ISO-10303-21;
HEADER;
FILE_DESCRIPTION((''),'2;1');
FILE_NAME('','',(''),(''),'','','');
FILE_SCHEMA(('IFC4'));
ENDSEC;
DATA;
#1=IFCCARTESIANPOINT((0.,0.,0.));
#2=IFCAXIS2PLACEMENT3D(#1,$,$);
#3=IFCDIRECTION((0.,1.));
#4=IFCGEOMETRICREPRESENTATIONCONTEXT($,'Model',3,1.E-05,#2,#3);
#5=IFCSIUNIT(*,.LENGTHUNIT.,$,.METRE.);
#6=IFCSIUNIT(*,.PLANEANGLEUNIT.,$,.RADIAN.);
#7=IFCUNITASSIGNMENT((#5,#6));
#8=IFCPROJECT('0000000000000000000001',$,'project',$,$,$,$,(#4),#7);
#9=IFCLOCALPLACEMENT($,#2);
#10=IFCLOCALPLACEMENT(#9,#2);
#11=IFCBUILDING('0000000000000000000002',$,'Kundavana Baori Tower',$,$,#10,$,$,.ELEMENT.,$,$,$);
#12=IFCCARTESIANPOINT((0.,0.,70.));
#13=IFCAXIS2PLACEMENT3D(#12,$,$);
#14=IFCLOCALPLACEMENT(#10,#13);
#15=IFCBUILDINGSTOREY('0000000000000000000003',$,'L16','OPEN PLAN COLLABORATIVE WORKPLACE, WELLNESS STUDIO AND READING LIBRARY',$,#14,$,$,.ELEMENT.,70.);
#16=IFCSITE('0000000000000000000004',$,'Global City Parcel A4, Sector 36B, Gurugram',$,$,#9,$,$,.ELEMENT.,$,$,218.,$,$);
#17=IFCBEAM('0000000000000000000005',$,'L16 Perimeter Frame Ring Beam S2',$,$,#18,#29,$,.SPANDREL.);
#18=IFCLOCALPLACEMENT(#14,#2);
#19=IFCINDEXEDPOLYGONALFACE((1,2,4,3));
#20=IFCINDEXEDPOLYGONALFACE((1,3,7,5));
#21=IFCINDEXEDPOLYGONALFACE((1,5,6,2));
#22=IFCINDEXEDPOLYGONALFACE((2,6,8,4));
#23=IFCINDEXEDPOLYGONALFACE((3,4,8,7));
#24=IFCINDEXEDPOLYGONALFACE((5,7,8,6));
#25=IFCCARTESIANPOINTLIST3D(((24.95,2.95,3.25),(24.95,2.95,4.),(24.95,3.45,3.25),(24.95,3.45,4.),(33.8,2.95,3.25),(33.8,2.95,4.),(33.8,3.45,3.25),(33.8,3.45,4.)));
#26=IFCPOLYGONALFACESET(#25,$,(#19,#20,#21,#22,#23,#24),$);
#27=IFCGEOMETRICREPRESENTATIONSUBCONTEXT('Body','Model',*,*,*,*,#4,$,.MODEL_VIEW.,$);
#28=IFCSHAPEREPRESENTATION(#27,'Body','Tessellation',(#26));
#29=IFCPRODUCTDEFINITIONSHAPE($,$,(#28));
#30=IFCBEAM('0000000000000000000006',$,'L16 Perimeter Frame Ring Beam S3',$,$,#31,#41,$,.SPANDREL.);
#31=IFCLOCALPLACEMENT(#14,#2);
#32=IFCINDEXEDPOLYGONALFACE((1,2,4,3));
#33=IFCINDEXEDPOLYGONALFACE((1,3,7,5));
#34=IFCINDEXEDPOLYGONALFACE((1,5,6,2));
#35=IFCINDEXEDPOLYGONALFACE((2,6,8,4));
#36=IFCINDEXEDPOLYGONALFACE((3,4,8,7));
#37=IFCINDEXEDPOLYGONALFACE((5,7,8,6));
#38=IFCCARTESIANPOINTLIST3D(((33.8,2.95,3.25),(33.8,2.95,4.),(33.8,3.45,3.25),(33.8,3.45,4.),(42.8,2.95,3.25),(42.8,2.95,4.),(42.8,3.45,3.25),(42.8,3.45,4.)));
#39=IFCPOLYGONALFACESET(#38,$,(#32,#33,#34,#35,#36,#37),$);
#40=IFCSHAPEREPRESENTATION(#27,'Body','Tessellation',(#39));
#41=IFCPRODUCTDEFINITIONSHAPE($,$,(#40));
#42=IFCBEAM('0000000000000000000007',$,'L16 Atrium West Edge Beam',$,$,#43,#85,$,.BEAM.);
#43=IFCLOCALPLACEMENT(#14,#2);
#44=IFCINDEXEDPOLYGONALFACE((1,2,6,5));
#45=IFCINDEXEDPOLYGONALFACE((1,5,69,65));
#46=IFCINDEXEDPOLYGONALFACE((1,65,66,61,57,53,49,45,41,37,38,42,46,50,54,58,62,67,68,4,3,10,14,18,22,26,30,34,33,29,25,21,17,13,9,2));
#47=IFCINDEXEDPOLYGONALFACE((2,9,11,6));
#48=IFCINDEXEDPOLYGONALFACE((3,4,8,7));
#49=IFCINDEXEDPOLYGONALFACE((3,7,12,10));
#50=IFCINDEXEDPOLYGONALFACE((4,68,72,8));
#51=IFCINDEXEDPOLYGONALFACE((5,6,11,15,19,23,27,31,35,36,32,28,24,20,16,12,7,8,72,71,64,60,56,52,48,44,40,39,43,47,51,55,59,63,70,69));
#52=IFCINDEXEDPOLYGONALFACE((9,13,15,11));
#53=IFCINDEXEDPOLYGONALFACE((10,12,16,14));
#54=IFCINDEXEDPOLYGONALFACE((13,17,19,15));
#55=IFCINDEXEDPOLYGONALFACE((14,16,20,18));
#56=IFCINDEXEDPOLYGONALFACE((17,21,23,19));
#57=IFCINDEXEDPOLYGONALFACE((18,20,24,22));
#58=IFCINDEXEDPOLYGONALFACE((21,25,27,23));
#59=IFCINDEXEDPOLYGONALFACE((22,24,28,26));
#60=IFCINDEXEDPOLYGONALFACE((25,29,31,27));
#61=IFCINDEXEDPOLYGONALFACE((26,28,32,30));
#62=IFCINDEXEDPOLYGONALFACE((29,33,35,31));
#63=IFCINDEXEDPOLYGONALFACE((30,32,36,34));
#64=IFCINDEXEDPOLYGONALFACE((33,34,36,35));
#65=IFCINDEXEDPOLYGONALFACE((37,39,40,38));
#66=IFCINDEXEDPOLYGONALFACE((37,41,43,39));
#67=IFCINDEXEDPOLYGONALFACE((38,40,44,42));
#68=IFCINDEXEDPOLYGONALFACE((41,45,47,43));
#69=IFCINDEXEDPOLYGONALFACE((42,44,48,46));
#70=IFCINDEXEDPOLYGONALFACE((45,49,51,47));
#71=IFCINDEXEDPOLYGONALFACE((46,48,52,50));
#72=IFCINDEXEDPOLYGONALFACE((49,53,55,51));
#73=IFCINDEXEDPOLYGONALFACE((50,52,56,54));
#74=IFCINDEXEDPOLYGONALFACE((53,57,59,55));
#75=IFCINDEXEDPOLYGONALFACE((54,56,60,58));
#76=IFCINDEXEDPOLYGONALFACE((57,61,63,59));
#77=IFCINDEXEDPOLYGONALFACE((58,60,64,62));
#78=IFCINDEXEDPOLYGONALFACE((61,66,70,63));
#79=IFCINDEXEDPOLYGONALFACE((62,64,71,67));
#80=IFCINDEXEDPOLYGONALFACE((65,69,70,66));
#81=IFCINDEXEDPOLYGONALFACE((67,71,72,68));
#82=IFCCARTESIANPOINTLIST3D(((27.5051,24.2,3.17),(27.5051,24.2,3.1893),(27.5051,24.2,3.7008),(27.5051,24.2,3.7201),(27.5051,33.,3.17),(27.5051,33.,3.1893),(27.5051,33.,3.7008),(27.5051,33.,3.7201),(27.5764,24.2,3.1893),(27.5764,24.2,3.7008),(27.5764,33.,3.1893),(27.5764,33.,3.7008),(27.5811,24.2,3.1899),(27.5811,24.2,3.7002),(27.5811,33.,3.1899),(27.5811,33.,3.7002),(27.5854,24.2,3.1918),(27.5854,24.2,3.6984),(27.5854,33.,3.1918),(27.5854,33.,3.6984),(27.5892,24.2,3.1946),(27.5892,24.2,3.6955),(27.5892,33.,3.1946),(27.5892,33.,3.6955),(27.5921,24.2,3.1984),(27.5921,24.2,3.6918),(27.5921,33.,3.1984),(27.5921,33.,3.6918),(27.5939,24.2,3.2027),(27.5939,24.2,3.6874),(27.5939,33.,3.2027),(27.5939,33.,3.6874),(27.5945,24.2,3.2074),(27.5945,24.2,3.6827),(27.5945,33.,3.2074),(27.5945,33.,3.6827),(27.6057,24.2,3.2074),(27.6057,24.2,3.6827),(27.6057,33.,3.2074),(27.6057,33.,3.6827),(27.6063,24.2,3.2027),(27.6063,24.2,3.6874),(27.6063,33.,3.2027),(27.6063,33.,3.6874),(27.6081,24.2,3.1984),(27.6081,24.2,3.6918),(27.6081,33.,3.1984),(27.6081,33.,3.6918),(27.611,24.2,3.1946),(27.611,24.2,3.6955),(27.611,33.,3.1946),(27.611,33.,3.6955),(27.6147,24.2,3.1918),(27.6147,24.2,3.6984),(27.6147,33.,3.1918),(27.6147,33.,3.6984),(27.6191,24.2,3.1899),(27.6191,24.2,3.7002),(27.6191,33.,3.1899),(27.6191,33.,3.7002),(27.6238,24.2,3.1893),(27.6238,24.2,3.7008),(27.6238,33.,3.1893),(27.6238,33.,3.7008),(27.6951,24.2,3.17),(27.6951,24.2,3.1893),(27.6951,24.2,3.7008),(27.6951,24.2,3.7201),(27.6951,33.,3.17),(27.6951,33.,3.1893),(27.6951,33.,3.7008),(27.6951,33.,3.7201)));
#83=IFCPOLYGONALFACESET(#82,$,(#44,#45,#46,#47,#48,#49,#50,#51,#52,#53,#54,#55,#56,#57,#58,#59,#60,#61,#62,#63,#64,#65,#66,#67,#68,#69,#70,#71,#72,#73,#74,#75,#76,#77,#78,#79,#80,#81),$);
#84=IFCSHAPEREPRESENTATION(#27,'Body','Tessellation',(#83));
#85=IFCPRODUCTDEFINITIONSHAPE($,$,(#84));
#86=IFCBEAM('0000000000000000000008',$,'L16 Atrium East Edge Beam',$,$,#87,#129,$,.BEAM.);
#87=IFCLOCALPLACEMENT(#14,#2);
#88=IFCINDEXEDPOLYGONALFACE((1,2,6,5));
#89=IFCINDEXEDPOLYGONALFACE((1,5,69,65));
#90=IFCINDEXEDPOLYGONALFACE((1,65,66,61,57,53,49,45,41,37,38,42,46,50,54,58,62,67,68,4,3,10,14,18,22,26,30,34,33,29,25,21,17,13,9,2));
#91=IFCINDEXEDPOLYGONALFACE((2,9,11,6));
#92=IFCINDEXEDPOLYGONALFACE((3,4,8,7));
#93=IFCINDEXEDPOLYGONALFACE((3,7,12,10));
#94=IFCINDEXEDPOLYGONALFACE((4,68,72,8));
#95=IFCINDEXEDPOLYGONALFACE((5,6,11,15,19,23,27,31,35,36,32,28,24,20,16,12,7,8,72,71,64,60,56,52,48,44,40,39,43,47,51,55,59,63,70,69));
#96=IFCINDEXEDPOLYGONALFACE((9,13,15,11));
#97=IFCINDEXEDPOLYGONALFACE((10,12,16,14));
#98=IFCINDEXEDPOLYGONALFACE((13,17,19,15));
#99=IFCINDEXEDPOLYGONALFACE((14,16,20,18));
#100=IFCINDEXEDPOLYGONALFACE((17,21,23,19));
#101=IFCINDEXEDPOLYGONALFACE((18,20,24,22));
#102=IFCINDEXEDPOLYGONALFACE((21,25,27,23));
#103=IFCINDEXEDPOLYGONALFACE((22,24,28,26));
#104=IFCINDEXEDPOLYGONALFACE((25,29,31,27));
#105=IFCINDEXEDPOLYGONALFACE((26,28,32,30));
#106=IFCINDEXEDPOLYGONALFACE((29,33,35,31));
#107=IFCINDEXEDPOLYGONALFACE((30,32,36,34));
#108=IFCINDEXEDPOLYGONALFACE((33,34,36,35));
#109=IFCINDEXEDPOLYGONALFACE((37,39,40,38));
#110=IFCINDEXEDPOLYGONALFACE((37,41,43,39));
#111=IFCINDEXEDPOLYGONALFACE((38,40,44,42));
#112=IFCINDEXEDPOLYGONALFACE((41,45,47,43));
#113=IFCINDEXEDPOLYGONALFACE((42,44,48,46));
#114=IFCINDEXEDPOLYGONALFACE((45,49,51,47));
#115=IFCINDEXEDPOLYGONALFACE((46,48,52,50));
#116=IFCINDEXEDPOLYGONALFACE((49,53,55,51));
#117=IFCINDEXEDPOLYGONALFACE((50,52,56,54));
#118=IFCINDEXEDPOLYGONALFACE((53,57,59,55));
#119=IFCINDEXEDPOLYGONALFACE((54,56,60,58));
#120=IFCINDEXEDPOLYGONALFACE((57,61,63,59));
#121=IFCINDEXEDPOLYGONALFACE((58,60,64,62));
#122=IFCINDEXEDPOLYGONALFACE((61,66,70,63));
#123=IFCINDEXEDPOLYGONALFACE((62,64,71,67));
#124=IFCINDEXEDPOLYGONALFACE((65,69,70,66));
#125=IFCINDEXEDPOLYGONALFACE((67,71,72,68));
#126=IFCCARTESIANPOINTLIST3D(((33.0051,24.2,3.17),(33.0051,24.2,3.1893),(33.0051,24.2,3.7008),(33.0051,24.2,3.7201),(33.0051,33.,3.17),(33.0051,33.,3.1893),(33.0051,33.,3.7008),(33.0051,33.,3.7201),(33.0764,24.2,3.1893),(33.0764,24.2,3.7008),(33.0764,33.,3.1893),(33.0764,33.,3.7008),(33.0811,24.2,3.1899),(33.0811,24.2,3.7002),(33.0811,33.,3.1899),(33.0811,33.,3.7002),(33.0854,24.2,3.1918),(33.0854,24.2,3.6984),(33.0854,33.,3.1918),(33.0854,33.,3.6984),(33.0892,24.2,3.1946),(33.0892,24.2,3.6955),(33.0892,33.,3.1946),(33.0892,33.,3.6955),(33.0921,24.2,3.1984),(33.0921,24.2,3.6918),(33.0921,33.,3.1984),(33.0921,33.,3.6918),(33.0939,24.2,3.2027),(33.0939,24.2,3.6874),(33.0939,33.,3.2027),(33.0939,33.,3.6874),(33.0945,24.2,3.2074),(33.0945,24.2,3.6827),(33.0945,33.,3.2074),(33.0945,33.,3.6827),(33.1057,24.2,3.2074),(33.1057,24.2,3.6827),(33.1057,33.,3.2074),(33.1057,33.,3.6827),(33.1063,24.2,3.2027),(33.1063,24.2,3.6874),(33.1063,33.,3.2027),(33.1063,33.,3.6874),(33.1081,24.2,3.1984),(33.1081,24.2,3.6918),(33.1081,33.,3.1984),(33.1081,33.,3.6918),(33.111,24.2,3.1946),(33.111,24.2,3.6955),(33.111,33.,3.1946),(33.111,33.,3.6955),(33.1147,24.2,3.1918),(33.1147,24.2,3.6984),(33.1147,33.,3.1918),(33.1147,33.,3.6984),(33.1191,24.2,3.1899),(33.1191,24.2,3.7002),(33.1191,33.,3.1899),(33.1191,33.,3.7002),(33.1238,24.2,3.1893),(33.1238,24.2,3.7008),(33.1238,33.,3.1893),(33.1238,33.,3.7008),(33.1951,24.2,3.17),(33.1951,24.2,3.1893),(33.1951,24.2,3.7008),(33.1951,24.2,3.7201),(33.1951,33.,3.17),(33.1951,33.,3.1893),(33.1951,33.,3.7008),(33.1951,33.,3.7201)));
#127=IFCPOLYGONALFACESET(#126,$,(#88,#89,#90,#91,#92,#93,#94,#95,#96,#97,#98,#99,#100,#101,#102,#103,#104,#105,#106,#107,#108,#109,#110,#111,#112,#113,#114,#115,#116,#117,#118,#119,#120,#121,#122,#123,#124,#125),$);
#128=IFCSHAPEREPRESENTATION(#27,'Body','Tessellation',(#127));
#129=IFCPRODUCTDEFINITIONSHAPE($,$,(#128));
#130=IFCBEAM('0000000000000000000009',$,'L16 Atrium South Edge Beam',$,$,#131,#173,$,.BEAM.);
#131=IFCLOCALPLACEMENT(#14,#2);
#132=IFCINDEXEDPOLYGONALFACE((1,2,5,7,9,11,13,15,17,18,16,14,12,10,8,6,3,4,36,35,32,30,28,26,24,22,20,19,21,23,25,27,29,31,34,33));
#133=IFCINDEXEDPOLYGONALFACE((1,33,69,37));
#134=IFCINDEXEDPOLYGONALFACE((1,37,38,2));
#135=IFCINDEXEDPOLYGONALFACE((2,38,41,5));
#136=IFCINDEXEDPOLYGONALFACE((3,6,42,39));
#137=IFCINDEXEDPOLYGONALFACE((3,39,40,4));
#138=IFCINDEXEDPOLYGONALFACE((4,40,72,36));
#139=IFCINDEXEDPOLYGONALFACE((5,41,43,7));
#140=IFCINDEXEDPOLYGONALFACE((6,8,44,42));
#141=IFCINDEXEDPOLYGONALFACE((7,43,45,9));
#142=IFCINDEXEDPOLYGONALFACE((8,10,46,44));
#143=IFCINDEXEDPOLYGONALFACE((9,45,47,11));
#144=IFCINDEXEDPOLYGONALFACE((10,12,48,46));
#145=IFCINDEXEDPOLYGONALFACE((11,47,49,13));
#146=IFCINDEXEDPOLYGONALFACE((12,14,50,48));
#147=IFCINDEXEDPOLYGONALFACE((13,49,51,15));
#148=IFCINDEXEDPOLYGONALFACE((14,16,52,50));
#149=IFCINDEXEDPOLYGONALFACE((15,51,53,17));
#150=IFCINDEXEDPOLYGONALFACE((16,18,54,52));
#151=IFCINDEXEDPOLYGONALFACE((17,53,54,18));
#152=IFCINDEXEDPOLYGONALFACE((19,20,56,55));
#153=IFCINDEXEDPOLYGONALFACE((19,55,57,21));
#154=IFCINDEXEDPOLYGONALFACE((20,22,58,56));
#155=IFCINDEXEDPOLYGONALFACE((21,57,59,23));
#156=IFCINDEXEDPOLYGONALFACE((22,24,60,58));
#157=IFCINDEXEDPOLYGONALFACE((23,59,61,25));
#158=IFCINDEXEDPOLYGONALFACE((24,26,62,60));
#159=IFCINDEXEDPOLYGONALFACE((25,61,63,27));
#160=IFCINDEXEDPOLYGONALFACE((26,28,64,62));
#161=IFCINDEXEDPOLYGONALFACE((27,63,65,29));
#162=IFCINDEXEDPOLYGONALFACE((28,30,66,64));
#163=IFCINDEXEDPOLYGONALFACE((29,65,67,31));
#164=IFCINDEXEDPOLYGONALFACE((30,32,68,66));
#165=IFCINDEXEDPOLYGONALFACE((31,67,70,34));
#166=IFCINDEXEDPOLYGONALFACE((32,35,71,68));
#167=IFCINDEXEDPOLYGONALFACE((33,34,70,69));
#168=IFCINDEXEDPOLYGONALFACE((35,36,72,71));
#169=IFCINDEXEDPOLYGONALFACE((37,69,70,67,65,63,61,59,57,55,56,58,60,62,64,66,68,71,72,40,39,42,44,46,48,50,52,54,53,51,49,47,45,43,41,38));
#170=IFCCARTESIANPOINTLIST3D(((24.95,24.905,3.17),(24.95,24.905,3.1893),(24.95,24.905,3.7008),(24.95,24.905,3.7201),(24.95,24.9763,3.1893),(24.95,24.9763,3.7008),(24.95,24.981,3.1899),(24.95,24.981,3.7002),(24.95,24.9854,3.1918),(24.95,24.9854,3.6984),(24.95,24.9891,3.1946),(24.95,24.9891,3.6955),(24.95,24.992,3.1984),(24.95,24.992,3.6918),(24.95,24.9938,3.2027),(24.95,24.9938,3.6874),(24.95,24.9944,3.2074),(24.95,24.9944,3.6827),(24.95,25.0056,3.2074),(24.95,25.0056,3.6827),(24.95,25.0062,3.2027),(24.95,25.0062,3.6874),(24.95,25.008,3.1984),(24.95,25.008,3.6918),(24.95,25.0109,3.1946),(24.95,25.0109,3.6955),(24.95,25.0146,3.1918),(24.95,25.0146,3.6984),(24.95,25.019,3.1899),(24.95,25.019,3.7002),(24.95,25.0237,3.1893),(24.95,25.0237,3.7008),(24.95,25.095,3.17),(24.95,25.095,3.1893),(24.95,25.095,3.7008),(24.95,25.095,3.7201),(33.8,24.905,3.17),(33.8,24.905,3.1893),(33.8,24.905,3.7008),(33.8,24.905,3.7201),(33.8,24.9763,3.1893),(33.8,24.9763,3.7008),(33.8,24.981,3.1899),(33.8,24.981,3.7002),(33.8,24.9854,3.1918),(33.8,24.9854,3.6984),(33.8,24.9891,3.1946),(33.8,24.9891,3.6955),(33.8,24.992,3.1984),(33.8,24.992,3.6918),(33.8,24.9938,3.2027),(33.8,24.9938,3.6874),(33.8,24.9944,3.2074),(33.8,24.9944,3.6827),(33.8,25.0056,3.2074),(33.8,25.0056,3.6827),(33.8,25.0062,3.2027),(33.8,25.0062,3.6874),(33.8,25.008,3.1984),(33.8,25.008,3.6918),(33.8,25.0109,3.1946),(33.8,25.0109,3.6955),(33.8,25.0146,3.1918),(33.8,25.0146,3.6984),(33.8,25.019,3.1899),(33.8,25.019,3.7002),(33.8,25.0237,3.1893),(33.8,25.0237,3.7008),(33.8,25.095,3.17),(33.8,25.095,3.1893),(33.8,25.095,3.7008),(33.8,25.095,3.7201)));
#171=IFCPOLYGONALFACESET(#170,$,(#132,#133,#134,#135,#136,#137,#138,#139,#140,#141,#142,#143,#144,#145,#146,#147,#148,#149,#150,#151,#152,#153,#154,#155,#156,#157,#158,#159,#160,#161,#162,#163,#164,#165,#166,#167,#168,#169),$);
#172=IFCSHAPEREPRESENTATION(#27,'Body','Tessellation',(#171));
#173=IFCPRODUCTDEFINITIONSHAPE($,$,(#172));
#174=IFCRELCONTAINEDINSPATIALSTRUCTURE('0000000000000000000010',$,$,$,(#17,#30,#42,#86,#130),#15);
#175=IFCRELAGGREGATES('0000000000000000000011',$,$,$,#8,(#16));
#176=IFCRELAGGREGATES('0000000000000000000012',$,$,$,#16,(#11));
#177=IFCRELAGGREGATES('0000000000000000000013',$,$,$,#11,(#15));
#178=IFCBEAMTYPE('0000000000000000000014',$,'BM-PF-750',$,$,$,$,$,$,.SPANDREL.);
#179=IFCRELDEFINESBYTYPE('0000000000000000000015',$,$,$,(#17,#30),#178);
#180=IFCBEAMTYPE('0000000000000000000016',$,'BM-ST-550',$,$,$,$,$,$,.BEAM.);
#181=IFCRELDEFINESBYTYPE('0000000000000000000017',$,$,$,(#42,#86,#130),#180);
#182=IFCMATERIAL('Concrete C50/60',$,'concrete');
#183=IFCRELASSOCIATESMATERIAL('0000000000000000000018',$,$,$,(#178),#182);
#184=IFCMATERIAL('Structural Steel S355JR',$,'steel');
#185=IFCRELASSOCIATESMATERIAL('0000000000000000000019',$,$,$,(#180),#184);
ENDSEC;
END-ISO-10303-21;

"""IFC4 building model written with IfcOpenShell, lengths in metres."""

from ifc_helpers import new_model, si_unit, direction, frame, origin, origin_2d, place, context, subcontext, project, spatial, rectangle, i_section, extrude, material, material_profile, profile_set, type_object, element, save


model = new_model("IFC4")

# Units and contexts
model_context = context("Model", 3, precision=1e-05, world=origin(), true_north=direction((0.0, 1.0)))
body_context = subcontext(model_context, "Body", "Model", "MODEL_VIEW")
ifc_project = project(units=[si_unit("LENGTHUNIT", "METRE"), si_unit("PLANEANGLEUNIT", "RADIAN")], contexts=[model_context])

# Site, building, storey
site_placement = place(None, origin())
site = spatial("IfcSite", under=ifc_project, at=site_placement, Name="Global City Parcel A4, Sector 36B, Gurugram", CompositionType="ELEMENT", RefElevation=218.0)
building_placement = place(site_placement, origin())
building = spatial("IfcBuilding", under=site, at=building_placement, Name="Kundavana Baori Tower", CompositionType="ELEMENT")
storey_placement = place(building_placement, frame((0.0, 0.0, 70.0)))
storey = spatial("IfcBuildingStorey", under=building, at=storey_placement, Name="L16", Description="OPEN PLAN COLLABORATIVE WORKPLACE, WELLNESS STUDIO AND READING LIBRARY", CompositionType="ELEMENT", Elevation=70.0)

# Beams
ifc_material_1 = material(Name="Concrete C50/60", Category="concrete")
ifc_material_profile_1 = material_profile(ifc_material_1, rectangle(XDim=0.5, YDim=0.75, at=origin_2d()), Name="RC BM 500x750")
ifc_profile_set_1 = profile_set([ifc_material_profile_1], Name="Concrete C50/60")
beam_type_1 = type_object("IfcBeamType", Name="BM-PF-750", PredefinedType="SPANDREL", material=ifc_profile_set_1)
beam_1_placement = place(storey_placement, frame((24.95, 3.2, 3.625), z_axis=(1.0, 0.0, 0.0), x_axis=(0.0, 1.0, 0.0)))
element("IfcBeam", 1, at=beam_1_placement, inside=storey, type_object=beam_type_1, Name="L16 Perimeter Frame Ring Beam S2", PredefinedType="SPANDREL", context=body_context, shape_type="SweptSolid", body=[
    extrude(rectangle(XDim=0.5, YDim=0.75, at=origin_2d()), origin(), (0.0, 0.0, 1.0), 8.8501),
])
beam_2_placement = place(storey_placement, frame((33.8, 3.2, 3.625), z_axis=(1.0, 0.0, 0.0), x_axis=(0.0, 1.0, 0.0)))
element("IfcBeam", 2, at=beam_2_placement, inside=storey, type_object=beam_type_1, Name="L16 Perimeter Frame Ring Beam S3", PredefinedType="SPANDREL", context=body_context, shape_type="SweptSolid", body=[
    extrude(rectangle(XDim=0.5, YDim=0.75, at=origin_2d()), origin(), (0.0, 0.0, 1.0), 9.0),
])
ifc_material_2 = material(Name="Structural Steel S355JR", Category="steel")
ifc_material_profile_2 = material_profile(ifc_material_2, i_section(OverallWidth=0.1899, OverallDepth=0.55, WebThickness=0.0112, FlangeThickness=0.0193, FilletRadius=0.0181, at=origin_2d()), Name="ISMB 550")
ifc_profile_set_2 = profile_set([ifc_material_profile_2], Name="Structural Steel S355JR")
beam_type_2 = type_object("IfcBeamType", Name="BM-ST-550", PredefinedType="BEAM", material=ifc_profile_set_2)
for number, where, z_axis, x_axis, name in (
    (3, (27.6001, 24.2, 3.4451), (0.0, 1.0, 0.0), (-1.0, 0.0, 0.0), "L16 Atrium West Edge Beam"),
    (4, (33.1001, 24.2, 3.4451), (0.0, 1.0, 0.0), (-1.0, 0.0, 0.0), "L16 Atrium East Edge Beam"),
):
    element("IfcBeam", number, at=place(storey_placement, frame(where, z_axis=z_axis, x_axis=x_axis)), inside=storey, type_object=beam_type_2, Name=name, PredefinedType="BEAM", context=body_context, shape_type="SweptSolid", body=[
        extrude(i_section(OverallWidth=0.1899, OverallDepth=0.55, WebThickness=0.0112, FlangeThickness=0.0193, FilletRadius=0.0181, at=origin_2d()), origin(), (0.0, 0.0, 1.0), 8.8),
    ])
beam_3_placement = place(storey_placement, frame((24.95, 25.0, 3.4451), z_axis=(1.0, 0.0, 0.0), x_axis=(0.0, 1.0, 0.0)))
element("IfcBeam", 5, at=beam_3_placement, inside=storey, type_object=beam_type_2, Name="L16 Atrium South Edge Beam", PredefinedType="BEAM", context=body_context, shape_type="SweptSolid", body=[
    extrude(i_section(OverallWidth=0.1899, OverallDepth=0.55, WebThickness=0.0112, FlangeThickness=0.0193, FilletRadius=0.0181, at=origin_2d()), origin(), (0.0, 0.0, 1.0), 8.8501),
])

save(model, "model.ifc")
